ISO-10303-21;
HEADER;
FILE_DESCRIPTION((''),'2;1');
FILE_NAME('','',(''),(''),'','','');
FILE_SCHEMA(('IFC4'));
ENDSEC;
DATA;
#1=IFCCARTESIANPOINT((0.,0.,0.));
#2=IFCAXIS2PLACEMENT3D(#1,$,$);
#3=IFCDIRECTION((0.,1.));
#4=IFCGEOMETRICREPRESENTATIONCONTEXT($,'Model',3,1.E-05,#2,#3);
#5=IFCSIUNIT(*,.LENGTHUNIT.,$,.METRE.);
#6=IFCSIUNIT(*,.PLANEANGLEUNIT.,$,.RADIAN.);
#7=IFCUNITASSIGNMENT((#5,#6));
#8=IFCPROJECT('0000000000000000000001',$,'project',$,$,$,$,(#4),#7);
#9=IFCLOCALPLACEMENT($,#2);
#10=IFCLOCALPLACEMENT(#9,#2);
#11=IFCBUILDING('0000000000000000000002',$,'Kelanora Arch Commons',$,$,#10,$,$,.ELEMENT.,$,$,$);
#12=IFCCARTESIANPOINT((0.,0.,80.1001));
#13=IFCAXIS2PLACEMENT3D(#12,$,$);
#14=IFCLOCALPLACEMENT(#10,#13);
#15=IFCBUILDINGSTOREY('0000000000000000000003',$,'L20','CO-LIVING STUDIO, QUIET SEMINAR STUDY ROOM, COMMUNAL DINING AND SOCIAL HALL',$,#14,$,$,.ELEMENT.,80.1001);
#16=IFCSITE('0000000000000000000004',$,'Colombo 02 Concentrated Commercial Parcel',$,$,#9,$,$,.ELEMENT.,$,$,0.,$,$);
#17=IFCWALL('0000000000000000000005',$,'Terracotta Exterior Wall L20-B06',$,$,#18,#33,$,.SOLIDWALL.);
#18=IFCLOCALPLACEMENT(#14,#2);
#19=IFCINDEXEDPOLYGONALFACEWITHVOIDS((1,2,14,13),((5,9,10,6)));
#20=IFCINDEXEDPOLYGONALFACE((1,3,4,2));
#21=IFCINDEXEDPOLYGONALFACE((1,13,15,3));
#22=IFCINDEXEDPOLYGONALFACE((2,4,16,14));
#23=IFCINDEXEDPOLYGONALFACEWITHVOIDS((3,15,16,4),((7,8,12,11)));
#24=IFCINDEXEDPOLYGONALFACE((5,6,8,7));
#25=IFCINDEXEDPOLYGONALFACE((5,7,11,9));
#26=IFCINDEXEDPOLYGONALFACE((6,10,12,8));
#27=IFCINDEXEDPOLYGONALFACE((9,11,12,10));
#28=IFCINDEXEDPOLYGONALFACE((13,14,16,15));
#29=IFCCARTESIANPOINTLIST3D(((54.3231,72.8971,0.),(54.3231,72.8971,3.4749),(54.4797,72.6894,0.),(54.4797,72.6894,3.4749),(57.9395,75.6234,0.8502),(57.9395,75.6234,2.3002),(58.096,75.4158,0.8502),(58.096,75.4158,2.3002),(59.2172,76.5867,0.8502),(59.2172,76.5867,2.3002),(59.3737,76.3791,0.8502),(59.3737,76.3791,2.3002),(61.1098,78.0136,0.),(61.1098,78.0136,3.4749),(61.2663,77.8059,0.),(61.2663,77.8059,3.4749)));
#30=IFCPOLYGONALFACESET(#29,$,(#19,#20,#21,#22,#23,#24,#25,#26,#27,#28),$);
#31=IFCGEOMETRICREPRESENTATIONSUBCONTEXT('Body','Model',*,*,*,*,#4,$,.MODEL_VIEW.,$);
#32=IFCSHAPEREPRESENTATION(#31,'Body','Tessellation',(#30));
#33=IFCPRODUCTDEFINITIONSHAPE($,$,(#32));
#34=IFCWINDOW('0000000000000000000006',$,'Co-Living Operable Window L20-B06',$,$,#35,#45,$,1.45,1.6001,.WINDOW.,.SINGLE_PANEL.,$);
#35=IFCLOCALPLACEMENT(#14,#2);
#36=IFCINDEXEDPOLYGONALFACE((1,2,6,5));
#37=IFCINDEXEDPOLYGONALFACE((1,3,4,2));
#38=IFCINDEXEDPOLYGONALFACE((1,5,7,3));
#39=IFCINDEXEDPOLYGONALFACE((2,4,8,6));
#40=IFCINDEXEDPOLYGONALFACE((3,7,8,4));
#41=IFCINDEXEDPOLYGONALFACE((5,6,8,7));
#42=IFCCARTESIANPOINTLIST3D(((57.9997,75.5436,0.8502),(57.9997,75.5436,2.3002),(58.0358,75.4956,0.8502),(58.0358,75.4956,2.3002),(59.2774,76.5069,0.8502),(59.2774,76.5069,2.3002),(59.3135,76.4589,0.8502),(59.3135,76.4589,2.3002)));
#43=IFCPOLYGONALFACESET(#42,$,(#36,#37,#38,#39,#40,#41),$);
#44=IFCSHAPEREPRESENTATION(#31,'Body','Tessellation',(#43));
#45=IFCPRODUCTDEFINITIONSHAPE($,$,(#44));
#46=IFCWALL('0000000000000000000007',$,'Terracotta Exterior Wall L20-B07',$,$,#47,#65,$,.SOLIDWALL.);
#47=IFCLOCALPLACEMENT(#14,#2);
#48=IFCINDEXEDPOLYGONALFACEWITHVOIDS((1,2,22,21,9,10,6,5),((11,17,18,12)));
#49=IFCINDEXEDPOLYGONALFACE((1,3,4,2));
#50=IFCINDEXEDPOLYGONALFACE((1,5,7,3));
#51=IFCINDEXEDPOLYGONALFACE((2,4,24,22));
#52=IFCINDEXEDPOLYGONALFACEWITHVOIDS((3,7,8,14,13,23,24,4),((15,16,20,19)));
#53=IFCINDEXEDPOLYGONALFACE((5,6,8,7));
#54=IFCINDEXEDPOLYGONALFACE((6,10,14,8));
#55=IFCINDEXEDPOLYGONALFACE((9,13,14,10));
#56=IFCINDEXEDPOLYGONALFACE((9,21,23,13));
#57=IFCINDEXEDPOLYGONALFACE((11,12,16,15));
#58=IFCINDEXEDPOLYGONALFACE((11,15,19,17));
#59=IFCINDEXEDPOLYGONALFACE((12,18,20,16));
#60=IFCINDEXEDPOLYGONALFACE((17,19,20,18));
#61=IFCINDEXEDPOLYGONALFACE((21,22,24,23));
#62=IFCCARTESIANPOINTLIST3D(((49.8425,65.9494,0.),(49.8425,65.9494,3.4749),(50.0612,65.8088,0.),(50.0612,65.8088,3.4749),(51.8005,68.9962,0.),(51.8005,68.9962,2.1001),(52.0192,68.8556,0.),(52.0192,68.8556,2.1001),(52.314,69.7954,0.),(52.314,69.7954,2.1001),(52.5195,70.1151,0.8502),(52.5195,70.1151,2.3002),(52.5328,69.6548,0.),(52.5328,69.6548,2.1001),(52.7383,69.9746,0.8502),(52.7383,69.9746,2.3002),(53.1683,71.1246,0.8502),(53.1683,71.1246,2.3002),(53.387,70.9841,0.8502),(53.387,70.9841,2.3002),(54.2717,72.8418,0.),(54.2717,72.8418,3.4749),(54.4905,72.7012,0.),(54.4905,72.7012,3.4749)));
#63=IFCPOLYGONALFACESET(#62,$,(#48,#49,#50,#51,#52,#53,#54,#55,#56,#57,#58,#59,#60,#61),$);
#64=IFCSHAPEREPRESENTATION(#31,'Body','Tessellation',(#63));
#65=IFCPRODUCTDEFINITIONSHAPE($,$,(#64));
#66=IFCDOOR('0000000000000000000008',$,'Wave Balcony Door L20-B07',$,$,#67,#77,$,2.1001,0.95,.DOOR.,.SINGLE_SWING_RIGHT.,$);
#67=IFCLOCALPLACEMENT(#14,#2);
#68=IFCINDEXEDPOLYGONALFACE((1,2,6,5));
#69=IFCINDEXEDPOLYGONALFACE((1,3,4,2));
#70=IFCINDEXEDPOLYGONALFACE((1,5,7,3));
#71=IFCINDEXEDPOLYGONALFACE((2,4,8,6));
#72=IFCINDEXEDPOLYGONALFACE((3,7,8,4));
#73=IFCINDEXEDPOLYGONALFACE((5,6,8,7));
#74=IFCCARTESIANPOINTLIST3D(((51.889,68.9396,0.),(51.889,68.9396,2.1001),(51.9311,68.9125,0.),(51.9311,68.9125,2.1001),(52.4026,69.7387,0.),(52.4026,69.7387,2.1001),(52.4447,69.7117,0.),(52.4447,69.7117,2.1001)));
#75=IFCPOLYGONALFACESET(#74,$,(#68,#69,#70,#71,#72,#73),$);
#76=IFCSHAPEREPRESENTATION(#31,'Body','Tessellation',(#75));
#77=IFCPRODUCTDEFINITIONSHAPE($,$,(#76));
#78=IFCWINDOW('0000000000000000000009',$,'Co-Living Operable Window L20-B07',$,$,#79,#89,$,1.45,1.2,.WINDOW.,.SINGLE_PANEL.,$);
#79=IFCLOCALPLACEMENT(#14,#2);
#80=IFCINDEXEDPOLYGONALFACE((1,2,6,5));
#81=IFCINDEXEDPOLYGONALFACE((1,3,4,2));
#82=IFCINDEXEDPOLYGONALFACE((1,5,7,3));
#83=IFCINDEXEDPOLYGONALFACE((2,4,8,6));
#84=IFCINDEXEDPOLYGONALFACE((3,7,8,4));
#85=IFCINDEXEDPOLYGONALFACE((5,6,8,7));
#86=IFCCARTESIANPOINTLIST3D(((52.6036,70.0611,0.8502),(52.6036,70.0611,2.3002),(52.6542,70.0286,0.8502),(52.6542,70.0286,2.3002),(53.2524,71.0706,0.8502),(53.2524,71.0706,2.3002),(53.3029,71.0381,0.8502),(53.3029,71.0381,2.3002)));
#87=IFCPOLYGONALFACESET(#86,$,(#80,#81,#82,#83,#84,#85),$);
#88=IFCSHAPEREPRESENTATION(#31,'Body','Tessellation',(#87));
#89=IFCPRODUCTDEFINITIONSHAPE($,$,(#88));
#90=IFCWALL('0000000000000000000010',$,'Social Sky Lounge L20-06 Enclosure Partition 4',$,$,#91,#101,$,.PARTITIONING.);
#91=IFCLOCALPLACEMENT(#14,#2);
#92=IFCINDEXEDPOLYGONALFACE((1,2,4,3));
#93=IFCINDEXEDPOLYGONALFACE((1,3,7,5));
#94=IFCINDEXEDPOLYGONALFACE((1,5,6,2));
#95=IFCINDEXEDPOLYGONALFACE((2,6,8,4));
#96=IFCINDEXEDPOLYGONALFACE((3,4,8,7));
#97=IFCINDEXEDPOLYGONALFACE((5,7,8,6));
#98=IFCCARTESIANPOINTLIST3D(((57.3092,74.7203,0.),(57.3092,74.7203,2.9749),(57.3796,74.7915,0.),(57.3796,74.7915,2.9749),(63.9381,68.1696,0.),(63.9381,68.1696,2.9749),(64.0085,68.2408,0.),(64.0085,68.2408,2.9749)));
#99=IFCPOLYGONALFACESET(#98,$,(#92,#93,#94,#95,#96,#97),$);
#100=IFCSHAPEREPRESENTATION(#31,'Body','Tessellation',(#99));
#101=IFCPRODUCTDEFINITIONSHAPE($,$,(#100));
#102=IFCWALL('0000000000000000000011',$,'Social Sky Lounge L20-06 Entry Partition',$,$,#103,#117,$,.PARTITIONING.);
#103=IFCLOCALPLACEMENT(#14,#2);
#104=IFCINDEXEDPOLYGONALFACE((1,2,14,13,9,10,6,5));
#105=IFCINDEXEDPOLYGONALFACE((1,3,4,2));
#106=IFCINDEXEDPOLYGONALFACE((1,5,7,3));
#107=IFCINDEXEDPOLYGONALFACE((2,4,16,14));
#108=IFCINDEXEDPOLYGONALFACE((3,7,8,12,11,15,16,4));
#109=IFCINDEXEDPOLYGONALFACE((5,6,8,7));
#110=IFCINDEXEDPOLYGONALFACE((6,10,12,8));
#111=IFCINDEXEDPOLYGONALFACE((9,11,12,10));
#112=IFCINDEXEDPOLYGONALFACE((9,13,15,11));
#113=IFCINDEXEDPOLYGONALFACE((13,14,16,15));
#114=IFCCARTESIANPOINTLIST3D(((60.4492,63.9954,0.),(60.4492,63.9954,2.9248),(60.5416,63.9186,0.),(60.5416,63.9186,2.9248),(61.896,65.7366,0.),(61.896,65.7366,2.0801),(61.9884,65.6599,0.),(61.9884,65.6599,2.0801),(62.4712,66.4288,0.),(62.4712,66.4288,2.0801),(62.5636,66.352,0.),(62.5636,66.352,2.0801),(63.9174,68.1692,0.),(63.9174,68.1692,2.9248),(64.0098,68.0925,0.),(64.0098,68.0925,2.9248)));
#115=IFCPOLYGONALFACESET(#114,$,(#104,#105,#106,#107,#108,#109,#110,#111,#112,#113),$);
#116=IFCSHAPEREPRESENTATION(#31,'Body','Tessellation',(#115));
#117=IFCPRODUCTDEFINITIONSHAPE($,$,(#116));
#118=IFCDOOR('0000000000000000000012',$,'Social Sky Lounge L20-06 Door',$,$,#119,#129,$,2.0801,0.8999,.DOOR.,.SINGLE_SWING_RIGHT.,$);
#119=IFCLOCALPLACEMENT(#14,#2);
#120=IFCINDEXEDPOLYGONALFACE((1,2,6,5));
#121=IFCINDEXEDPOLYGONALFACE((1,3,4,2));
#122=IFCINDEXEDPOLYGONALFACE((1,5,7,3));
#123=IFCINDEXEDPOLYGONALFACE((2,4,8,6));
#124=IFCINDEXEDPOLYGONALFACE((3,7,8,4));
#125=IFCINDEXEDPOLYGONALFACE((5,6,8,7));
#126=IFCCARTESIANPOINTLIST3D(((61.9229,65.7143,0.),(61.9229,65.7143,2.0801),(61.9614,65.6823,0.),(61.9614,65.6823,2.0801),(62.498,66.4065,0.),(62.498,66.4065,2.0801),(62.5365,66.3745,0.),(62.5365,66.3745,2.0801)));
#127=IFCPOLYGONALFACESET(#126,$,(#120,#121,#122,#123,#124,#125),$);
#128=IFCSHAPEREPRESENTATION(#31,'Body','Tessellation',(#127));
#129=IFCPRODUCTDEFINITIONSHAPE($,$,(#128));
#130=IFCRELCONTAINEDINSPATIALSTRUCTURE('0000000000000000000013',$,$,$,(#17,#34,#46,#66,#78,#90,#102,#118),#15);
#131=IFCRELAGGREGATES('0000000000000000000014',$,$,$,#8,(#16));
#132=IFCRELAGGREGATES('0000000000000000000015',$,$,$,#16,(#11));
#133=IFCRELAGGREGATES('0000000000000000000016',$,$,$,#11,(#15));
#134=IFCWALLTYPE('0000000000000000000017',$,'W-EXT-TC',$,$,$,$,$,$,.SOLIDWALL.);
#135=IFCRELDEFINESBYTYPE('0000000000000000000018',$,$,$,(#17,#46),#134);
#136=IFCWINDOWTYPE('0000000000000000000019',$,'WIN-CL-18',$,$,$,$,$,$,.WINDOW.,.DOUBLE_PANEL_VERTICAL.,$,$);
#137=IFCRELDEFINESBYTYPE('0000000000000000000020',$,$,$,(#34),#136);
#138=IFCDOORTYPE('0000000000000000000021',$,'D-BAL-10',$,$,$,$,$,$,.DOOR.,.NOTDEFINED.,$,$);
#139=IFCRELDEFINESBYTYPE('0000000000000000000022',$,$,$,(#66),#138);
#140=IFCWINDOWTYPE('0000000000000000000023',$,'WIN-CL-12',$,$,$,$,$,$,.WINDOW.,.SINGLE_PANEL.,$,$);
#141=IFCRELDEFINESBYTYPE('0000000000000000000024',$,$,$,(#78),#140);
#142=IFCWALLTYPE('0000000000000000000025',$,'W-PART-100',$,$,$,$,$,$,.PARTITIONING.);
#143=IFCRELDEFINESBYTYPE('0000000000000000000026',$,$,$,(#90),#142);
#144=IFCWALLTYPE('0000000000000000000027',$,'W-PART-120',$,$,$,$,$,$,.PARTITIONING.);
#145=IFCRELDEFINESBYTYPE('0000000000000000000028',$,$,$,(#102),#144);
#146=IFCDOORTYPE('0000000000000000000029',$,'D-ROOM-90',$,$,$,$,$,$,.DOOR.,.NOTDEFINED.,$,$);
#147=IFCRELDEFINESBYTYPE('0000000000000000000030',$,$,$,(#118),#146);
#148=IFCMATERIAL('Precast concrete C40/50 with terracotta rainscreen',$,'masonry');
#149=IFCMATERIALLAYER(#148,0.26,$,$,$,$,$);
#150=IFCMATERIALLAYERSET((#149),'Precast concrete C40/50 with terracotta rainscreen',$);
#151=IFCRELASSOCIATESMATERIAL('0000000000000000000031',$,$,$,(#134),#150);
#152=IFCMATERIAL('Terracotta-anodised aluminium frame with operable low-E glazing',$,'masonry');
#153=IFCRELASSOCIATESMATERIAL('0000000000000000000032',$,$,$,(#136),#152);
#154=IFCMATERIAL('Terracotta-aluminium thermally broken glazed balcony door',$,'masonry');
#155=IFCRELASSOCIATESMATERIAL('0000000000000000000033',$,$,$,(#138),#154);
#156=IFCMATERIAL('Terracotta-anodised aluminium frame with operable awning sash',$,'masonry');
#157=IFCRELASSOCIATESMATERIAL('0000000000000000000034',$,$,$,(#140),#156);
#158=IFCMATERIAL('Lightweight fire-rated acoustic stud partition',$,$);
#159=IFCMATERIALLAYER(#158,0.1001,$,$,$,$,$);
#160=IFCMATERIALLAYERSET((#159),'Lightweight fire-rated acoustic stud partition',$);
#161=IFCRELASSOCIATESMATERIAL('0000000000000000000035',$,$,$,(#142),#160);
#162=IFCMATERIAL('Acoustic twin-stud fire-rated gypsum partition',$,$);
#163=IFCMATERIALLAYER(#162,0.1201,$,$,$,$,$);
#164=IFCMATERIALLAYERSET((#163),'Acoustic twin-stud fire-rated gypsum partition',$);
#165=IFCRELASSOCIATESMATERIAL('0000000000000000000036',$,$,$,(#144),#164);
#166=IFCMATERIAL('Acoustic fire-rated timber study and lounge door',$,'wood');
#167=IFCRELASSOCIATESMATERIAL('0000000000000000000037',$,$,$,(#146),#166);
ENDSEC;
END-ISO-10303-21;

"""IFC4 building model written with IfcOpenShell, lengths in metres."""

from ifc_helpers import new_model, si_unit, direction, frame, frame_2d, origin, place, context, subcontext, project, spatial, rectangle, extrude, material, layer, layer_set, type_object, element, fill, save


model = new_model("IFC4")

# Units and contexts
model_context = context("Model", 3, precision=1e-05, world=origin(), true_north=direction((0.0, 1.0)))
body_context = subcontext(model_context, "Body", "Model", "MODEL_VIEW")
ifc_project = project(units=[si_unit("LENGTHUNIT", "METRE"), si_unit("PLANEANGLEUNIT", "RADIAN")], contexts=[model_context])

# Site, building, storey
site_placement = place(None, origin())
site = spatial("IfcSite", under=ifc_project, at=site_placement, Name="Colombo 02 Concentrated Commercial Parcel", CompositionType="ELEMENT", RefElevation=0.0)
building_placement = place(site_placement, origin())
building = spatial("IfcBuilding", under=site, at=building_placement, Name="Kelanora Arch Commons", CompositionType="ELEMENT")
storey_placement = place(building_placement, frame((0.0, 0.0, 80.1001)))
storey = spatial("IfcBuildingStorey", under=building, at=storey_placement, Name="L20", Description="CO-LIVING STUDIO, QUIET SEMINAR STUDY ROOM, COMMUNAL DINING AND SOCIAL HALL", CompositionType="ELEMENT", Elevation=80.1001)

# Wall, opening, window
ifc_material_1 = material(Name="Precast concrete C40/50 with terracotta rainscreen", Category="masonry")
ifc_layer_1 = layer(ifc_material_1, 0.26)
ifc_layer_set_1 = layer_set([ifc_layer_1], Name="Precast concrete C40/50 with terracotta rainscreen")
wall_type_1 = type_object("IfcWallType", Name="W-EXT-TC", PredefinedType="SOLIDWALL", material=ifc_layer_set_1)
wall_1_placement = place(storey_placement, frame((61.188, 77.9097, 0.0), z_axis=(0.0, 0.0, 1.0), x_axis=(-0.798502, -0.601993, 0.0)))
wall_1 = element("IfcWall", 1, at=wall_1_placement, inside=storey, type_object=wall_type_1, Name="Terracotta Exterior Wall L20-B06", PredefinedType="SOLIDWALL", context=body_context, shape_type="SweptSolid", body=[
    extrude(rectangle(XDim=8.4993, YDim=0.26, at=frame_2d((4.2495, 0.0))), origin(), (0.0, 0.0, 1.0), 3.4749),
])
opening_1_placement = place(wall_1_placement, frame((2.3701, 0.0, 0.8501)))
opening_1 = element("IfcOpeningElement", 2, at=opening_1_placement, cuts=wall_1, PredefinedType="OPENING", context=body_context, shape_type="SweptSolid", body=[
    extrude(rectangle(XDim=1.6001, YDim=1.45, at=frame_2d((0.8, 0.7251))), frame((0.0, 0.1401, 0.0), z_axis=(0.0, -1.0, 0.0), x_axis=(1.0, 0.0, 0.0)), (0.0, 0.0, 1.0), 0.28),
])
ifc_material_2 = material(Name="Terracotta-anodised aluminium frame with operable low-E glazing", Category="masonry")
window_type_1 = type_object("IfcWindowType", Name="WIN-CL-18", PartitioningType="DOUBLE_PANEL_VERTICAL", PredefinedType="WINDOW", material=ifc_material_2)
window_1_placement = place(opening_1_placement, origin())
window_1 = element("IfcWindow", 3, at=window_1_placement, inside=storey, type_object=window_type_1, Name="Co-Living Operable Window L20-B06", OverallHeight=1.45, OverallWidth=1.6001, PartitioningType="SINGLE_PANEL", PredefinedType="WINDOW", context=body_context, shape_type="SweptSolid", body=[
    extrude(rectangle(XDim=1.6001, YDim=1.45, at=frame_2d((0.8, 0.7251))), frame((0.0, 0.03, 0.0), z_axis=(0.0, -1.0, 0.0), x_axis=(1.0, 0.0, 0.0)), (0.0, 0.0, 1.0), 0.0601),
])
fill(opening_1, window_1)

# Wall, openings, door, window
wall_2_placement = place(storey_placement, frame((54.3811, 72.7715, 0.0), z_axis=(0.0, 0.0, 1.0), x_axis=(-0.540621, -0.841267, 0.0)))
wall_2 = element("IfcWall", 4, at=wall_2_placement, inside=storey, type_object=wall_type_1, Name="Terracotta Exterior Wall L20-B07", PredefinedType="SOLIDWALL", context=body_context, shape_type="SweptSolid", body=[
    extrude(rectangle(XDim=8.1929, YDim=0.26, at=frame_2d((4.0964, 0.0))), origin(), (0.0, 0.0, 1.0), 3.4749),
])
opening_2_placement = place(wall_2_placement, frame((3.6211, 0.0, 0.0)))
opening_2 = element("IfcOpeningElement", 5, at=opening_2_placement, cuts=wall_2, PredefinedType="OPENING", context=body_context, shape_type="SweptSolid", body=[
    extrude(rectangle(XDim=0.95, YDim=2.1001, at=frame_2d((0.4751, 1.05))), frame((0.0, 0.1401, 0.0), z_axis=(0.0, -1.0, 0.0), x_axis=(1.0, 0.0, 0.0)), (0.0, 0.0, 1.0), 0.28),
])
opening_3_placement = place(wall_2_placement, frame((2.041, 0.0, 0.8501)))
opening_3 = element("IfcOpeningElement", 6, at=opening_3_placement, cuts=wall_2, PredefinedType="OPENING", context=body_context, shape_type="SweptSolid", body=[
    extrude(rectangle(XDim=1.2, YDim=1.45, at=frame_2d((0.6001, 0.7251))), frame((0.0, 0.1401, 0.0), z_axis=(0.0, -1.0, 0.0), x_axis=(1.0, 0.0, 0.0)), (0.0, 0.0, 1.0), 0.28),
])
ifc_material_3 = material(Name="Terracotta-aluminium thermally broken glazed balcony door", Category="masonry")
door_type_1 = type_object("IfcDoorType", Name="D-BAL-10", OperationType="NOTDEFINED", PredefinedType="DOOR", material=ifc_material_3)
door_1_placement = place(opening_2_placement, frame((0.95, 0.0, 0.0), z_axis=(0.0, 0.0, 1.0), x_axis=(-1.0, 0.0, 0.0)))
door_1 = element("IfcDoor", 7, at=door_1_placement, inside=storey, type_object=door_type_1, Name="Wave Balcony Door L20-B07", OperationType="SINGLE_SWING_RIGHT", OverallHeight=2.1001, OverallWidth=0.95, PredefinedType="DOOR", context=body_context, shape_type="SweptSolid", body=[
    extrude(rectangle(XDim=0.95, YDim=2.1001, at=frame_2d((0.4751, 1.05))), frame((0.0, 0.0249, 0.0), z_axis=(0.0, -1.0, 0.0), x_axis=(1.0, 0.0, 0.0)), (0.0, 0.0, 1.0), 0.05),
])
fill(opening_2, door_1)
ifc_material_4 = material(Name="Terracotta-anodised aluminium frame with operable awning sash", Category="masonry")
window_type_2 = type_object("IfcWindowType", Name="WIN-CL-12", PartitioningType="SINGLE_PANEL", PredefinedType="WINDOW", material=ifc_material_4)
window_2_placement = place(opening_3_placement, origin())
window_2 = element("IfcWindow", 8, at=window_2_placement, inside=storey, type_object=window_type_2, Name="Co-Living Operable Window L20-B07", OverallHeight=1.45, OverallWidth=1.2, PartitioningType="SINGLE_PANEL", PredefinedType="WINDOW", context=body_context, shape_type="SweptSolid", body=[
    extrude(rectangle(XDim=1.2, YDim=1.45, at=frame_2d((0.6001, 0.7251))), frame((0.0, 0.03, 0.0), z_axis=(0.0, -1.0, 0.0), x_axis=(1.0, 0.0, 0.0)), (0.0, 0.0, 1.0), 0.0601),
])
fill(opening_3, window_2)

# Wall
ifc_material_5 = material(Name="Lightweight fire-rated acoustic stud partition")
ifc_layer_2 = layer(ifc_material_5, 0.1001)
ifc_layer_set_2 = layer_set([ifc_layer_2], Name="Lightweight fire-rated acoustic stud partition")
wall_type_2 = type_object("IfcWallType", Name="W-PART-100", PredefinedType="PARTITIONING", material=ifc_layer_set_2)
wall_3_placement = place(storey_placement, frame((57.3445, 74.7559, 0.0), z_axis=(0.0, 0.0, 1.0), x_axis=(0.711286, -0.702903, 0.0)))
element("IfcWall", 9, at=wall_3_placement, inside=storey, type_object=wall_type_2, Name="Social Sky Lounge L20-06 Enclosure Partition 4", PredefinedType="PARTITIONING", context=body_context, shape_type="SweptSolid", body=[
    extrude(rectangle(XDim=9.3196, YDim=0.1001, at=frame_2d((4.6597, 0.0))), origin(), (0.0, 0.0, 1.0), 2.9749),
])

# Wall, opening, door
ifc_material_6 = material(Name="Acoustic twin-stud fire-rated gypsum partition")
ifc_layer_3 = layer(ifc_material_6, 0.1201)
ifc_layer_set_3 = layer_set([ifc_layer_3], Name="Acoustic twin-stud fire-rated gypsum partition")
wall_type_3 = type_object("IfcWallType", Name="W-PART-120", PredefinedType="PARTITIONING", material=ifc_layer_set_3)
wall_4_placement = place(storey_placement, frame((63.9636, 68.1309, 0.0), z_axis=(0.0, 0.0, 1.0), x_axis=(-0.639104, -0.76912, 0.0)))
wall_4 = element("IfcWall", 10, at=wall_4_placement, inside=storey, type_object=wall_type_3, Name="Social Sky Lounge L20-06 Entry Partition", PredefinedType="PARTITIONING", context=body_context, shape_type="SweptSolid", body=[
    extrude(rectangle(XDim=5.4268, YDim=0.1201, at=frame_2d((2.7134, 0.0))), origin(), (0.0, 0.0, 1.0), 2.9248),
])
opening_4_placement = place(wall_4_placement, frame((2.2629, 0.0, 0.0)))
opening_4 = element("IfcOpeningElement", 11, at=opening_4_placement, cuts=wall_4, PredefinedType="OPENING", context=body_context, shape_type="SweptSolid", body=[
    extrude(rectangle(XDim=0.8999, YDim=2.0801, at=frame_2d((0.45, 1.04))), frame((0.0, 0.0701, 0.0), z_axis=(0.0, -1.0, 0.0), x_axis=(1.0, 0.0, 0.0)), (0.0, 0.0, 1.0), 0.1401),
])
ifc_material_7 = material(Name="Acoustic fire-rated timber study and lounge door", Category="wood")
door_type_2 = type_object("IfcDoorType", Name="D-ROOM-90", OperationType="NOTDEFINED", PredefinedType="DOOR", material=ifc_material_7)
door_2_placement = place(opening_4_placement, origin())
door_2 = element("IfcDoor", 12, at=door_2_placement, inside=storey, type_object=door_type_2, Name="Social Sky Lounge L20-06 Door", OperationType="SINGLE_SWING_RIGHT", OverallHeight=2.0801, OverallWidth=0.8999, PredefinedType="DOOR", context=body_context, shape_type="SweptSolid", body=[
    extrude(rectangle(XDim=0.8999, YDim=2.0801, at=frame_2d((0.45, 1.04))), frame((0.0, 0.0249, 0.0), z_axis=(0.0, -1.0, 0.0), x_axis=(1.0, 0.0, 0.0)), (0.0, 0.0, 1.0), 0.05),
])
fill(opening_4, door_2)

save(model, "model.ifc")
